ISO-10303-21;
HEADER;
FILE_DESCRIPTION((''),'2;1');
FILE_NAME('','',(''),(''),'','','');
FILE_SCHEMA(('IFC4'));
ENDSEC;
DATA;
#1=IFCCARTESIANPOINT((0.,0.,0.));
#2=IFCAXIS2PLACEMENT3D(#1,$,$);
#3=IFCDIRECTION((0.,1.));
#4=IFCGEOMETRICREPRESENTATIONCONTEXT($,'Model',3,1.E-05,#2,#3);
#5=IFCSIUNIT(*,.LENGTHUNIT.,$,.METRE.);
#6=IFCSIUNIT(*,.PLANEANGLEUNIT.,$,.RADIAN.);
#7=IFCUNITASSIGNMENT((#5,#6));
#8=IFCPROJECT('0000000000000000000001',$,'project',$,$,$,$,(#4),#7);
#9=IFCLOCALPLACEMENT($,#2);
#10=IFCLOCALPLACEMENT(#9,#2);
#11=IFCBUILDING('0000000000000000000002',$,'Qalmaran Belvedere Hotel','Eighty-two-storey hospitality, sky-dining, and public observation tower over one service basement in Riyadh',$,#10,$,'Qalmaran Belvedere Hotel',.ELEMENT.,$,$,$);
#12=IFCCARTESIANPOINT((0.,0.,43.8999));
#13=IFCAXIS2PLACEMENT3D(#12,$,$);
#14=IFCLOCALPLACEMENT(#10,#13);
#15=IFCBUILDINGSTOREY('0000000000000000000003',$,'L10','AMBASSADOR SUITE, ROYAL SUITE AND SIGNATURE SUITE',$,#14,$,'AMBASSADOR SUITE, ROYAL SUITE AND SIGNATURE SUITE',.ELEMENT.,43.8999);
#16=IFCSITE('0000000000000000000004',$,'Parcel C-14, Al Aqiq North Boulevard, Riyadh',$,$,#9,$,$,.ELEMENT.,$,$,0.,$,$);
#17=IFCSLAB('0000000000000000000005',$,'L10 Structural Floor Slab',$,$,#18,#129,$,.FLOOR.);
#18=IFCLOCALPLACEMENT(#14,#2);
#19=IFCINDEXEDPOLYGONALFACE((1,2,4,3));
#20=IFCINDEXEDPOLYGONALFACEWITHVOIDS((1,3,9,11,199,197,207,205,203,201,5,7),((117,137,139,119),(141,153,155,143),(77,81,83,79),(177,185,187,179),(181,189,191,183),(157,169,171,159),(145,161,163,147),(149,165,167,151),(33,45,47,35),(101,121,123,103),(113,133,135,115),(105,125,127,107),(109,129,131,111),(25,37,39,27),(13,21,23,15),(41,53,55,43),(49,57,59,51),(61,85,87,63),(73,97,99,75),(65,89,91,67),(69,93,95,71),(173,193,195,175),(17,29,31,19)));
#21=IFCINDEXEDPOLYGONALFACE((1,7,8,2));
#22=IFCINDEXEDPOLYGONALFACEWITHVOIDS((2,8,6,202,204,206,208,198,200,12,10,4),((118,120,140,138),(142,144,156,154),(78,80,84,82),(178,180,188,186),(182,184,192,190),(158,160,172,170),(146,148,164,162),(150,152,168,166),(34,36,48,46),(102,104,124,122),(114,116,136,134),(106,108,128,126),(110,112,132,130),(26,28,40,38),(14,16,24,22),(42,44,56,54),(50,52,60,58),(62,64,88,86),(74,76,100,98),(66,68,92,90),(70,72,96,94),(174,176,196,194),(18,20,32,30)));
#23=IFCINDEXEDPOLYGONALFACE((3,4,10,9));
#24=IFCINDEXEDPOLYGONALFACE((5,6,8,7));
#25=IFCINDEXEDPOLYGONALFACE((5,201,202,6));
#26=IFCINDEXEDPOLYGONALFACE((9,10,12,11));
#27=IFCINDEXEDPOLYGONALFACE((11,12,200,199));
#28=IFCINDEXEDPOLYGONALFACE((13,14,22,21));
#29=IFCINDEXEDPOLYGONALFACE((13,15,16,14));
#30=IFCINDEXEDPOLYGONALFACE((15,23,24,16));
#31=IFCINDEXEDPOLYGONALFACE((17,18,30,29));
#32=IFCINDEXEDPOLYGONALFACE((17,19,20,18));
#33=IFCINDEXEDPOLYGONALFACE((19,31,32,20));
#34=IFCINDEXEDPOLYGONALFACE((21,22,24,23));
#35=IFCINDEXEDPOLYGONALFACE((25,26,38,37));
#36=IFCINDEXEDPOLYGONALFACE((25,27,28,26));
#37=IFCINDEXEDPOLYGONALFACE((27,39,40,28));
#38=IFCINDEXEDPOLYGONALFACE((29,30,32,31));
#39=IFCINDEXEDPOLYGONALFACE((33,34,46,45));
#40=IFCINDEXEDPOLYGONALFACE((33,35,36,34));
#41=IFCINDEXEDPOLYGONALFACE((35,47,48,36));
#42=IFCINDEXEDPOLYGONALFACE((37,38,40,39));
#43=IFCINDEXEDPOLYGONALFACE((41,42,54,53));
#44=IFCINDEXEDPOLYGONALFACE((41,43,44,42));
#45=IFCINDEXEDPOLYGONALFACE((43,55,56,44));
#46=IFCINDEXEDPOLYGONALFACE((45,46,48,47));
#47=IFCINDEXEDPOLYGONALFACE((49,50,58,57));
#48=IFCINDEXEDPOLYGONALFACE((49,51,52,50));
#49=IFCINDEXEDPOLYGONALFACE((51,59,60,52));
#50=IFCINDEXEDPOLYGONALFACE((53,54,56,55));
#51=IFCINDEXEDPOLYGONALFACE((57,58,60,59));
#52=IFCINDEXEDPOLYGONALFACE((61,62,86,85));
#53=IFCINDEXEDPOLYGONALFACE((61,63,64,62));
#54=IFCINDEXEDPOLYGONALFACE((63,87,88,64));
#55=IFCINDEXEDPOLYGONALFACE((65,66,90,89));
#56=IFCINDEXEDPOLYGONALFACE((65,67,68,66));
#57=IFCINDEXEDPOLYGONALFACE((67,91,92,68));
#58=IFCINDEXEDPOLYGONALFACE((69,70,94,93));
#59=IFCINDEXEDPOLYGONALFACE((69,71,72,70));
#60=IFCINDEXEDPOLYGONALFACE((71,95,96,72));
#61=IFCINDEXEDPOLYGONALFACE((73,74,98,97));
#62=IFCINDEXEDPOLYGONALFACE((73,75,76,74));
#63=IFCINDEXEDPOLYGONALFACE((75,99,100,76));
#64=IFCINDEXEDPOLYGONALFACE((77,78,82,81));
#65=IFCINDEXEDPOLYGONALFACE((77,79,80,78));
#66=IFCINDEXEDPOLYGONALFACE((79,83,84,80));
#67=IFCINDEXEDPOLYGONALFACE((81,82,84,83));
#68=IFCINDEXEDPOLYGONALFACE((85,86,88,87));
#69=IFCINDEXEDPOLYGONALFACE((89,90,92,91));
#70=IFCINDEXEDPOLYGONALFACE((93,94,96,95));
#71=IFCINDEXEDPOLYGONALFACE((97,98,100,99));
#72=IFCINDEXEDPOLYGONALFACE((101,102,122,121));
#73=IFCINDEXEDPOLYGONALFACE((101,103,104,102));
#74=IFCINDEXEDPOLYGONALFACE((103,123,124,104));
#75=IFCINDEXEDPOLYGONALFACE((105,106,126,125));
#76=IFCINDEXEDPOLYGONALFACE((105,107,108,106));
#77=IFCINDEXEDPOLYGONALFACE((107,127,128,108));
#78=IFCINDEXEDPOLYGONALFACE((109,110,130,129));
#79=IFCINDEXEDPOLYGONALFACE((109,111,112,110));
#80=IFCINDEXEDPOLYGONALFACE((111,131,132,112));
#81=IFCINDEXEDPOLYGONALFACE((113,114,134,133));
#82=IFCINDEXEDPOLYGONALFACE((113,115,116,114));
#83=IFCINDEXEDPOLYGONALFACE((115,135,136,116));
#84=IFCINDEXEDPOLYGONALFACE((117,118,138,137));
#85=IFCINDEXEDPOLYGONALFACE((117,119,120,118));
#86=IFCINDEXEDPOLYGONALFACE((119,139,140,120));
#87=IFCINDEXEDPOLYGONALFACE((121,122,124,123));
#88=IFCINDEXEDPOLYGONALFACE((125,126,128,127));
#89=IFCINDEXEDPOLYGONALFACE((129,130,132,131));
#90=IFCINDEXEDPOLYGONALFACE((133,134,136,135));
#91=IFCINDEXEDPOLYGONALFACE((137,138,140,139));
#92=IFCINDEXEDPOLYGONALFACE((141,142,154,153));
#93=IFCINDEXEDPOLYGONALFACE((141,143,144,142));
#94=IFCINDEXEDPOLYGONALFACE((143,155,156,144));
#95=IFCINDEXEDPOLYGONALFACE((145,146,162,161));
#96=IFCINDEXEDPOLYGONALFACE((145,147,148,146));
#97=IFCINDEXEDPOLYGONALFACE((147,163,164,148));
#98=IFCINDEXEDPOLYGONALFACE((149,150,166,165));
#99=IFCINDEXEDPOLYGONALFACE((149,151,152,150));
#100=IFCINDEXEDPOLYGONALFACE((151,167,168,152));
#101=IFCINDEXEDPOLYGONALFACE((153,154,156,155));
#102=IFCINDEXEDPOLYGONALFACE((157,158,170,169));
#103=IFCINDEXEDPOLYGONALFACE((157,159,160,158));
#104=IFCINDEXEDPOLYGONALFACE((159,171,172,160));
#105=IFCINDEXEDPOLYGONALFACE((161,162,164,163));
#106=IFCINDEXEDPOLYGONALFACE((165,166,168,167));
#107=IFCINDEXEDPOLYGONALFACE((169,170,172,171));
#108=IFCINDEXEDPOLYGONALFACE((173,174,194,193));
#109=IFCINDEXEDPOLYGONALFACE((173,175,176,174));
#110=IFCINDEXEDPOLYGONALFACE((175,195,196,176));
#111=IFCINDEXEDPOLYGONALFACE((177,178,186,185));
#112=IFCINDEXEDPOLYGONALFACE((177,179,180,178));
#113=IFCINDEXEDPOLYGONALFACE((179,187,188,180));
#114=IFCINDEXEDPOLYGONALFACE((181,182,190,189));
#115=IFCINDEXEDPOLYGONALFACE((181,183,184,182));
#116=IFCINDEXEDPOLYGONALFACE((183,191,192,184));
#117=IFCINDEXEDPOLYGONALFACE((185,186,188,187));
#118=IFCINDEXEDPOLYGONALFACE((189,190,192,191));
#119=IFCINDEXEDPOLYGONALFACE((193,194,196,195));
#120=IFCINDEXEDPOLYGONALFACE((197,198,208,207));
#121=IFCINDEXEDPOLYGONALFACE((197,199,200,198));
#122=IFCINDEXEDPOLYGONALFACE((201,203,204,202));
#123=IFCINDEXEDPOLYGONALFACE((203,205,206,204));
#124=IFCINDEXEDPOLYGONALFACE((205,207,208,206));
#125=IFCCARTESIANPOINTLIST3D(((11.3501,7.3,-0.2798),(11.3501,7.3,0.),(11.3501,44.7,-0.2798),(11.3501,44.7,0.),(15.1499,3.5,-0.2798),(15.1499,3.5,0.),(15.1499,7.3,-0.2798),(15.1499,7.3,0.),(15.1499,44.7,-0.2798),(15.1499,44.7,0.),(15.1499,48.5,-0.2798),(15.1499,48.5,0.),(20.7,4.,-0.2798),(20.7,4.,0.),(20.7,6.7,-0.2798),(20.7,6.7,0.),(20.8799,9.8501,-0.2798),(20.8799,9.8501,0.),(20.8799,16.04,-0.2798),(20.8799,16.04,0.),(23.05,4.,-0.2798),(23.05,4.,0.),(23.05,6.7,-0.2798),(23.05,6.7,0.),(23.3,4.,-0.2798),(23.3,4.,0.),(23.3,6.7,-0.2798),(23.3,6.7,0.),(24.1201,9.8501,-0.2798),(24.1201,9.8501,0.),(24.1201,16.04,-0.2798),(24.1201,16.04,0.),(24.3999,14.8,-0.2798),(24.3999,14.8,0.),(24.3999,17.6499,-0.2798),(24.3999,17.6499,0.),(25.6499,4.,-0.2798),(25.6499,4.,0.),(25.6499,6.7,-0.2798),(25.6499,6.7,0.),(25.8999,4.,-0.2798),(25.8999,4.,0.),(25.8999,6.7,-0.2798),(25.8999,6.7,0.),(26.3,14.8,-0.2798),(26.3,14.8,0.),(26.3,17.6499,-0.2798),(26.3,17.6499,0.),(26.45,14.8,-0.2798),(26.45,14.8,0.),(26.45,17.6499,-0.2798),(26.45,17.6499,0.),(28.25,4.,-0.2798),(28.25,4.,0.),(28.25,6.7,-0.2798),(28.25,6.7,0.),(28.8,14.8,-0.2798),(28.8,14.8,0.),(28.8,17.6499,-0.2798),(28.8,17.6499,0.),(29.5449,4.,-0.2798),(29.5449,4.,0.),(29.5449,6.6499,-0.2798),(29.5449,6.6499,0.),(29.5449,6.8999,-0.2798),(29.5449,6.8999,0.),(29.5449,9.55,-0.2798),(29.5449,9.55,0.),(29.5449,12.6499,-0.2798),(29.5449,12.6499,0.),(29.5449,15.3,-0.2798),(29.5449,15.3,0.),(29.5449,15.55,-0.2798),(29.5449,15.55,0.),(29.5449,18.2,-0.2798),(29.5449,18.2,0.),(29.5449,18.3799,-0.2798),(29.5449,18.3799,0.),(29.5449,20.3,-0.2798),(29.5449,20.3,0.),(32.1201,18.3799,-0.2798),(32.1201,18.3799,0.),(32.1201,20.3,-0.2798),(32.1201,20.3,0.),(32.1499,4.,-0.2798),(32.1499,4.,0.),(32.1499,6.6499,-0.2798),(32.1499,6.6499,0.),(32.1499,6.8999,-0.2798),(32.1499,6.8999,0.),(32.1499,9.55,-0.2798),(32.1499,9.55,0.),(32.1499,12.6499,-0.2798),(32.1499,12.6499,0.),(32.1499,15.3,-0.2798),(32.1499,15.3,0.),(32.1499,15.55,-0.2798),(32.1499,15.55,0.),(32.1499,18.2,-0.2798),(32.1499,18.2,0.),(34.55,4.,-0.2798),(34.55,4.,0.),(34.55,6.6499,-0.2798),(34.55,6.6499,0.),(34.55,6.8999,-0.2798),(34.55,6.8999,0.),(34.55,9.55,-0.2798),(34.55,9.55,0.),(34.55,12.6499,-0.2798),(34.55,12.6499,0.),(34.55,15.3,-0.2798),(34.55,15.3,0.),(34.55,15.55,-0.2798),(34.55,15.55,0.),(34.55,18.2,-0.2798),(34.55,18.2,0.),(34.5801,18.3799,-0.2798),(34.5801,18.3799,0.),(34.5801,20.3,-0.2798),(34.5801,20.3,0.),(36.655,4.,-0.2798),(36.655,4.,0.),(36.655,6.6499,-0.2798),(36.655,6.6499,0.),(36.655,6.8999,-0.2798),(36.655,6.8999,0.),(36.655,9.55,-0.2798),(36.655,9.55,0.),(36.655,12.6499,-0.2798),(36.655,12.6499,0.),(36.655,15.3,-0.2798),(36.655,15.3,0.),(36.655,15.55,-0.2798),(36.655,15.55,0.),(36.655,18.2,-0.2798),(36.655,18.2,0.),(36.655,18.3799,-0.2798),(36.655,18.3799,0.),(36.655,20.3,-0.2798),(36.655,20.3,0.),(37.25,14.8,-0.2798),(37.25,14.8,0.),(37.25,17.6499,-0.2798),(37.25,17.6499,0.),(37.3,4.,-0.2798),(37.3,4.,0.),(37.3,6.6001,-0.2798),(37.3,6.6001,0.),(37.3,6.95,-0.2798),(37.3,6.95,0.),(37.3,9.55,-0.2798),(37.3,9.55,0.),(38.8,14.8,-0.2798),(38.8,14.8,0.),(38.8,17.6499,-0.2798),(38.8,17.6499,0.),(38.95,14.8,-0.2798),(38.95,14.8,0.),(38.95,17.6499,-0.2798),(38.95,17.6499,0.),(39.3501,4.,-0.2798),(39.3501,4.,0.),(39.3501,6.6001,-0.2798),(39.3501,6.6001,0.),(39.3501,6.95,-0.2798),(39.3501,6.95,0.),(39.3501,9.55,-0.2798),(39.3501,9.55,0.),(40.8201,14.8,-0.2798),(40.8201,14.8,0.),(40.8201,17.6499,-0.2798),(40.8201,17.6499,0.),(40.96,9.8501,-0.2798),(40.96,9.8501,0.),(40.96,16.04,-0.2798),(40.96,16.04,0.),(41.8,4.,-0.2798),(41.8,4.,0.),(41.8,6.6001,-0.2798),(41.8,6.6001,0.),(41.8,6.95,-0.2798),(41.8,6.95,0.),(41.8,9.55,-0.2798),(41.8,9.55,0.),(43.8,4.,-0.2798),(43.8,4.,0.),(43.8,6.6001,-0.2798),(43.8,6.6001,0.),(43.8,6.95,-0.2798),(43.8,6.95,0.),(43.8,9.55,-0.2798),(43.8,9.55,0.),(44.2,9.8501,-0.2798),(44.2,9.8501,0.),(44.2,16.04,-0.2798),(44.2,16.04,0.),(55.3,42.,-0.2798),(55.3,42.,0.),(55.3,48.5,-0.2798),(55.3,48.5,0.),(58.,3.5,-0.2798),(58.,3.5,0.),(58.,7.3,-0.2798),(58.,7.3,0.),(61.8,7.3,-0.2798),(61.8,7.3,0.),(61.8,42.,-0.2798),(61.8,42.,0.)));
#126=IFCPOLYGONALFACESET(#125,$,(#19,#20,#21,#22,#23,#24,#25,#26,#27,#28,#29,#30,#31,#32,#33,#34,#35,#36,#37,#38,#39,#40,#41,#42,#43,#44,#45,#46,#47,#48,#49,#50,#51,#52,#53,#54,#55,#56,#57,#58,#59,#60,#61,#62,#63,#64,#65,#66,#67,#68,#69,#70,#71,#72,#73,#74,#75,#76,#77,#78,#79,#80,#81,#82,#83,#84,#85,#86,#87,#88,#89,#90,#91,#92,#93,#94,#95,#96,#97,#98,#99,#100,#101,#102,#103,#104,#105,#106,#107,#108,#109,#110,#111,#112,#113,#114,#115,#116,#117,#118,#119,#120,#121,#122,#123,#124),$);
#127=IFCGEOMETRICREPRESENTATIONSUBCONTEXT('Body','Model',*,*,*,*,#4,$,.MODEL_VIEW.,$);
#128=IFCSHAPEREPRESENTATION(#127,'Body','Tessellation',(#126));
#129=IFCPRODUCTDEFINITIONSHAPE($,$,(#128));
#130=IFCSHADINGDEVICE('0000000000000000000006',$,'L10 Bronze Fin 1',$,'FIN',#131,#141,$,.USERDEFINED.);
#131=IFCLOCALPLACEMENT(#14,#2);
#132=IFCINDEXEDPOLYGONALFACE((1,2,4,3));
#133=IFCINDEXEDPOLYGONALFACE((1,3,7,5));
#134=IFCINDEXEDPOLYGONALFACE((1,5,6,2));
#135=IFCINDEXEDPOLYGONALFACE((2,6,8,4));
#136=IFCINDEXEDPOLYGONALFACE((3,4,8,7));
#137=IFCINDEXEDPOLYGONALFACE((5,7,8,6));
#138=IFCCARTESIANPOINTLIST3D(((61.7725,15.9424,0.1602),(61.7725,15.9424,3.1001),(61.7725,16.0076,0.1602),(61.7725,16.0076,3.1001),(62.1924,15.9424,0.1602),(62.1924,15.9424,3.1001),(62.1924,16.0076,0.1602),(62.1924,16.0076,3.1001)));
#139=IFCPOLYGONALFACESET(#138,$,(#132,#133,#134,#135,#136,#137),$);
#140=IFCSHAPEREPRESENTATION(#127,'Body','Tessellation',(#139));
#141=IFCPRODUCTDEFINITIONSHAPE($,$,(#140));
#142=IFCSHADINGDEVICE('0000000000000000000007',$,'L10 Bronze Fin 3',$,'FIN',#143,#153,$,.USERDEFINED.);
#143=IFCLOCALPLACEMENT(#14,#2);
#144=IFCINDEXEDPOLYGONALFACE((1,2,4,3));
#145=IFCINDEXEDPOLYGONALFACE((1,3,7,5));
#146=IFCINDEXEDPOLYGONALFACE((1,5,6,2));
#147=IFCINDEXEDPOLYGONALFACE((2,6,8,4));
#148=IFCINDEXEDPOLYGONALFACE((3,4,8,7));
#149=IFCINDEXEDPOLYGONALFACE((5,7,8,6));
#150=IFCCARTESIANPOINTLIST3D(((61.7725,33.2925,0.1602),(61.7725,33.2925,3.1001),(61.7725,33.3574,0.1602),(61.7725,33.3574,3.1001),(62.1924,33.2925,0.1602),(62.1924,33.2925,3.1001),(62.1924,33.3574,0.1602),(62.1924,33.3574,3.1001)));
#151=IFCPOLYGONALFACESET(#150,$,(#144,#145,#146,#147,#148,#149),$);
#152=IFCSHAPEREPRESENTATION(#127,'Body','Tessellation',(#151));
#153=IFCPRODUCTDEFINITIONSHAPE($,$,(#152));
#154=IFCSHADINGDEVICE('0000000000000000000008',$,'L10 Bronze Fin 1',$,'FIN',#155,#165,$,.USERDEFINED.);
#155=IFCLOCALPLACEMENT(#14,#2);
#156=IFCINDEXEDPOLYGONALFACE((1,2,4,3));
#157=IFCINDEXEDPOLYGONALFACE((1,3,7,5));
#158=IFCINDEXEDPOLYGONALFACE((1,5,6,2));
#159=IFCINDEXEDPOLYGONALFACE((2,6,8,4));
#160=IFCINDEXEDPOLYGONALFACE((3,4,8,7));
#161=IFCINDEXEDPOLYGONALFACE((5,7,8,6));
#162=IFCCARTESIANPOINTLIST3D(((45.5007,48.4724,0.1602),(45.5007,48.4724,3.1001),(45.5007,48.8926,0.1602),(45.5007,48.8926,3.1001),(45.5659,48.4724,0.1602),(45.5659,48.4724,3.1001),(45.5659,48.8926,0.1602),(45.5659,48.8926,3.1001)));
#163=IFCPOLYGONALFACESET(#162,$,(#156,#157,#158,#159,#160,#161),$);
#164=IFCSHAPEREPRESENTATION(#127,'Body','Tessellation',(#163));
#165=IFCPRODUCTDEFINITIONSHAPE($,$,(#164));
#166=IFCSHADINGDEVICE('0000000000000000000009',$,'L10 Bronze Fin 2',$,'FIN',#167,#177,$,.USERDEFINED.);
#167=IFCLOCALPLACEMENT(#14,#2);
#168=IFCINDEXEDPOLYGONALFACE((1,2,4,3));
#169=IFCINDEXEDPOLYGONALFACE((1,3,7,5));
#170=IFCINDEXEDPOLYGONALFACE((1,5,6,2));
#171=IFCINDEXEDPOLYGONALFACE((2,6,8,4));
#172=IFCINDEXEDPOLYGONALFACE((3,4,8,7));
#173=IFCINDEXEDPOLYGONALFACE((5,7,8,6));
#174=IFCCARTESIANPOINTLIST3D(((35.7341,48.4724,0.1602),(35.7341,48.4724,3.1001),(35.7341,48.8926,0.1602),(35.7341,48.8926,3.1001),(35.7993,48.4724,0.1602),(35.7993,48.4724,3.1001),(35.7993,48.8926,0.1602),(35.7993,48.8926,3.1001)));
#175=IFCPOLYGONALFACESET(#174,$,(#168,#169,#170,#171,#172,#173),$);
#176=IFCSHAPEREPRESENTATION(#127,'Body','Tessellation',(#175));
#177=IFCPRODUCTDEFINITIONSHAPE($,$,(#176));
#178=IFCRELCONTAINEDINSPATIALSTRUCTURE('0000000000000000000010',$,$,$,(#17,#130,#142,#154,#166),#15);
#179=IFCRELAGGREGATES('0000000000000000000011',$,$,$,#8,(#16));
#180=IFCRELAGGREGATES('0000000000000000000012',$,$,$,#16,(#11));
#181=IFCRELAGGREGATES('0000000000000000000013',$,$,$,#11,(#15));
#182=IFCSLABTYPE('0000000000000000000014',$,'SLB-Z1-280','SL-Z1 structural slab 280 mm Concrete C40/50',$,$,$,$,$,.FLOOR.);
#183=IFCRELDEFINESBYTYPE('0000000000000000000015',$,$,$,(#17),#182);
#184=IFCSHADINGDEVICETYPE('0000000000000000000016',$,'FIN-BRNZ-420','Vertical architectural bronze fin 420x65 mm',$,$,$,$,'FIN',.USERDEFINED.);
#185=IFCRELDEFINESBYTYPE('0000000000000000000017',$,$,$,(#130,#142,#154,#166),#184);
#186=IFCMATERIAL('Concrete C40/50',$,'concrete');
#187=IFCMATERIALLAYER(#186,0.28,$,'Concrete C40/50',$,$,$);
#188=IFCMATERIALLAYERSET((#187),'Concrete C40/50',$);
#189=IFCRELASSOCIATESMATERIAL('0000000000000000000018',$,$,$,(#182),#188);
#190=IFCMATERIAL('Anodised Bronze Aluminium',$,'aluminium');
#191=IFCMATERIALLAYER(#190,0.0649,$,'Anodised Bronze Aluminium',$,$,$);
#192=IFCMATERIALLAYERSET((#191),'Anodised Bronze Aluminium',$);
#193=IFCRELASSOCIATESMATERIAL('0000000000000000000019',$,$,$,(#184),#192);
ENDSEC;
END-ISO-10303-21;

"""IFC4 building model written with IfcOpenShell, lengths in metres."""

from ifc_helpers import new_model, si_unit, direction, frame, origin, place, context, subcontext, project, spatial, polyline, outline, extrude, material, layer, layer_set, type_object, element, save


model = new_model("IFC4")

# Units and contexts
model_context = context("Model", 3, precision=1e-05, world=origin(), true_north=direction((0.0, 1.0)))
body_context = subcontext(model_context, "Body", "Model", "MODEL_VIEW")
ifc_project = project(units=[si_unit("LENGTHUNIT", "METRE"), si_unit("PLANEANGLEUNIT", "RADIAN")], contexts=[model_context])

# Site, building, storey
site_placement = place(None, origin())
site = spatial("IfcSite", under=ifc_project, at=site_placement, Name="Parcel C-14, Al Aqiq North Boulevard, Riyadh", CompositionType="ELEMENT", RefElevation=0.0)
building_placement = place(site_placement, origin())
building = spatial("IfcBuilding", under=site, at=building_placement, Name="Qalmaran Belvedere Hotel", Description="Eighty-two-storey hospitality, sky-dining, and public observation tower over one service basement in Riyadh", LongName="Qalmaran Belvedere Hotel", CompositionType="ELEMENT")
storey_placement = place(building_placement, frame((0.0, 0.0, 43.8999)))
storey = spatial("IfcBuildingStorey", under=building, at=storey_placement, Name="L10", Description="AMBASSADOR SUITE, ROYAL SUITE AND SIGNATURE SUITE", LongName="AMBASSADOR SUITE, ROYAL SUITE AND SIGNATURE SUITE", CompositionType="ELEMENT", Elevation=43.8999)

# Shared definitions
ifc_material_1 = material(Name="Anodised Bronze Aluminium", Category="aluminium")

# Shared definitions
ifc_material_2 = material(Name="Concrete C40/50", Category="concrete")

# Slab
ifc_layer_1 = layer(ifc_material_2, 0.28, Name="Concrete C40/50")
ifc_layer_set_1 = layer_set([ifc_layer_1], Name="Concrete C40/50")
slab_type_1 = type_object("IfcSlabType", Name="SLB-Z1-280", Description="SL-Z1 structural slab 280 mm Concrete C40/50", PredefinedType="FLOOR", material=ifc_layer_set_1)
slab_1_placement = place(storey_placement, frame((0.0, 0.0, -0.2798)))
element("IfcSlab", 1, at=slab_1_placement, inside=storey, type_object=slab_type_1, Name="L10 Structural Floor Slab", PredefinedType="FLOOR", context=body_context, shape_type="SweptSolid", body=[
    extrude(outline(polyline([(15.1499, 3.5), (58.0, 3.5), (58.0, 7.3), (61.8, 7.3), (61.8, 42.0), (55.3, 42.0), (55.3, 48.5), (15.1499, 48.5), (15.1499, 44.7), (11.3501, 44.7), (11.3501, 7.3), (15.1499, 7.3), (15.1499, 3.5)]), holes=[polyline([(20.8799, 9.8501), (24.1201, 9.8501), (24.1201, 16.04), (20.8799, 16.04), (20.8799, 9.8501)]), polyline([(40.96, 9.8501), (44.2, 9.8501), (44.2, 16.04), (40.96, 16.04), (40.96, 9.8501)]), polyline([(29.5449, 4.0), (32.1499, 4.0), (32.1499, 6.6499), (29.5449, 6.6499), (29.5449, 4.0)]), polyline([(29.5449, 6.8999), (32.1499, 6.8999), (32.1499, 9.55), (29.5449, 9.55), (29.5449, 6.8999)]), polyline([(34.55, 4.0), (36.655, 4.0), (36.655, 6.6499), (34.55, 6.6499), (34.55, 4.0)]), polyline([(34.55, 6.8999), (36.655, 6.8999), (36.655, 9.55), (34.55, 9.55), (34.55, 6.8999)]), polyline([(29.5449, 12.6499), (32.1499, 12.6499), (32.1499, 15.3), (29.5449, 15.3), (29.5449, 12.6499)]), polyline([(29.5449, 15.55), (32.1499, 15.55), (32.1499, 18.2), (29.5449, 18.2), (29.5449, 15.55)]), polyline([(34.55, 12.6499), (36.655, 12.6499), (36.655, 15.3), (34.55, 15.3), (34.55, 12.6499)]), polyline([(34.55, 15.55), (36.655, 15.55), (36.655, 18.2), (34.55, 18.2), (34.55, 15.55)]), polyline([(37.3, 4.0), (39.3501, 4.0), (39.3501, 6.6001), (37.3, 6.6001), (37.3, 4.0)]), polyline([(37.3, 6.95), (39.3501, 6.95), (39.3501, 9.55), (37.3, 9.55), (37.3, 6.95)]), polyline([(41.8, 4.0), (43.8, 4.0), (43.8, 6.6001), (41.8, 6.6001), (41.8, 4.0)]), polyline([(41.8, 6.95), (43.8, 6.95), (43.8, 9.55), (41.8, 9.55), (41.8, 6.95)]), polyline([(20.7, 4.0), (23.05, 4.0), (23.05, 6.7), (20.7, 6.7), (20.7, 4.0)]), polyline([(23.3, 4.0), (25.6499, 4.0), (25.6499, 6.7), (23.3, 6.7), (23.3, 4.0)]), polyline([(25.8999, 4.0), (28.25, 4.0), (28.25, 6.7), (25.8999, 6.7), (25.8999, 4.0)]), polyline([(24.3999, 14.8), (26.3, 14.8), (26.3, 17.6499), (24.3999, 17.6499), (24.3999, 14.8)]), polyline([(38.95, 14.8), (40.8201, 14.8), (40.8201, 17.6499), (38.95, 17.6499), (38.95, 14.8)]), polyline([(26.45, 14.8), (28.8, 14.8), (28.8, 17.6499), (26.45, 17.6499), (26.45, 14.8)]), polyline([(37.25, 14.8), (38.8, 14.8), (38.8, 17.6499), (37.25, 17.6499), (37.25, 14.8)]), polyline([(29.5449, 18.3799), (32.1201, 18.3799), (32.1201, 20.3), (29.5449, 20.3), (29.5449, 18.3799)]), polyline([(34.5801, 18.3799), (36.655, 18.3799), (36.655, 20.3), (34.5801, 20.3), (34.5801, 18.3799)])]), origin(), (0.0, 0.0, 1.0), 0.2798),
])

# Shading devices
ifc_layer_2 = layer(ifc_material_1, 0.0649, Name="Anodised Bronze Aluminium")
ifc_layer_set_2 = layer_set([ifc_layer_2], Name="Anodised Bronze Aluminium")
shading_device_type = type_object("IfcShadingDeviceType", Name="FIN-BRNZ-420", Description="Vertical architectural bronze fin 420x65 mm", ElementType="FIN", PredefinedType="USERDEFINED", material=ifc_layer_set_2)
shading_device_1_placement = place(storey_placement, frame((0.0, 0.0, 0.1602)))
element("IfcShadingDevice", 2, at=shading_device_1_placement, inside=storey, type_object=shading_device_type, Name="L10 Bronze Fin 1", ObjectType="FIN", PredefinedType="USERDEFINED", context=body_context, shape_type="SweptSolid", body=[
    extrude(outline(polyline([(61.7725, 15.9424), (62.1924, 15.9424), (62.1924, 16.0076), (61.7725, 16.0076), (61.7725, 15.9424)])), origin(), (0.0, 0.0, 1.0), 2.9399),
])
shading_device_2_placement = place(storey_placement, frame((0.0, 0.0, 0.1602)))
element("IfcShadingDevice", 3, at=shading_device_2_placement, inside=storey, type_object=shading_device_type, Name="L10 Bronze Fin 3", ObjectType="FIN", PredefinedType="USERDEFINED", context=body_context, shape_type="SweptSolid", body=[
    extrude(outline(polyline([(61.7725, 33.2925), (62.1924, 33.2925), (62.1924, 33.3574), (61.7725, 33.3574), (61.7725, 33.2925)])), origin(), (0.0, 0.0, 1.0), 2.9399),
])
shading_device_3_placement = place(storey_placement, frame((0.0, 0.0, 0.1602)))
element("IfcShadingDevice", 4, at=shading_device_3_placement, inside=storey, type_object=shading_device_type, Name="L10 Bronze Fin 1", ObjectType="FIN", PredefinedType="USERDEFINED", context=body_context, shape_type="SweptSolid", body=[
    extrude(outline(polyline([(45.5659, 48.4724), (45.5659, 48.8926), (45.5007, 48.8926), (45.5007, 48.4724), (45.5659, 48.4724)])), origin(), (0.0, 0.0, 1.0), 2.9399),
])
shading_device_4_placement = place(storey_placement, frame((0.0, 0.0, 0.1602)))
element("IfcShadingDevice", 5, at=shading_device_4_placement, inside=storey, type_object=shading_device_type, Name="L10 Bronze Fin 2", ObjectType="FIN", PredefinedType="USERDEFINED", context=body_context, shape_type="SweptSolid", body=[
    extrude(outline(polyline([(35.7993, 48.4724), (35.7993, 48.8926), (35.7341, 48.8926), (35.7341, 48.4724), (35.7993, 48.4724)])), origin(), (0.0, 0.0, 1.0), 2.9399),
])

save(model, "model.ifc")
